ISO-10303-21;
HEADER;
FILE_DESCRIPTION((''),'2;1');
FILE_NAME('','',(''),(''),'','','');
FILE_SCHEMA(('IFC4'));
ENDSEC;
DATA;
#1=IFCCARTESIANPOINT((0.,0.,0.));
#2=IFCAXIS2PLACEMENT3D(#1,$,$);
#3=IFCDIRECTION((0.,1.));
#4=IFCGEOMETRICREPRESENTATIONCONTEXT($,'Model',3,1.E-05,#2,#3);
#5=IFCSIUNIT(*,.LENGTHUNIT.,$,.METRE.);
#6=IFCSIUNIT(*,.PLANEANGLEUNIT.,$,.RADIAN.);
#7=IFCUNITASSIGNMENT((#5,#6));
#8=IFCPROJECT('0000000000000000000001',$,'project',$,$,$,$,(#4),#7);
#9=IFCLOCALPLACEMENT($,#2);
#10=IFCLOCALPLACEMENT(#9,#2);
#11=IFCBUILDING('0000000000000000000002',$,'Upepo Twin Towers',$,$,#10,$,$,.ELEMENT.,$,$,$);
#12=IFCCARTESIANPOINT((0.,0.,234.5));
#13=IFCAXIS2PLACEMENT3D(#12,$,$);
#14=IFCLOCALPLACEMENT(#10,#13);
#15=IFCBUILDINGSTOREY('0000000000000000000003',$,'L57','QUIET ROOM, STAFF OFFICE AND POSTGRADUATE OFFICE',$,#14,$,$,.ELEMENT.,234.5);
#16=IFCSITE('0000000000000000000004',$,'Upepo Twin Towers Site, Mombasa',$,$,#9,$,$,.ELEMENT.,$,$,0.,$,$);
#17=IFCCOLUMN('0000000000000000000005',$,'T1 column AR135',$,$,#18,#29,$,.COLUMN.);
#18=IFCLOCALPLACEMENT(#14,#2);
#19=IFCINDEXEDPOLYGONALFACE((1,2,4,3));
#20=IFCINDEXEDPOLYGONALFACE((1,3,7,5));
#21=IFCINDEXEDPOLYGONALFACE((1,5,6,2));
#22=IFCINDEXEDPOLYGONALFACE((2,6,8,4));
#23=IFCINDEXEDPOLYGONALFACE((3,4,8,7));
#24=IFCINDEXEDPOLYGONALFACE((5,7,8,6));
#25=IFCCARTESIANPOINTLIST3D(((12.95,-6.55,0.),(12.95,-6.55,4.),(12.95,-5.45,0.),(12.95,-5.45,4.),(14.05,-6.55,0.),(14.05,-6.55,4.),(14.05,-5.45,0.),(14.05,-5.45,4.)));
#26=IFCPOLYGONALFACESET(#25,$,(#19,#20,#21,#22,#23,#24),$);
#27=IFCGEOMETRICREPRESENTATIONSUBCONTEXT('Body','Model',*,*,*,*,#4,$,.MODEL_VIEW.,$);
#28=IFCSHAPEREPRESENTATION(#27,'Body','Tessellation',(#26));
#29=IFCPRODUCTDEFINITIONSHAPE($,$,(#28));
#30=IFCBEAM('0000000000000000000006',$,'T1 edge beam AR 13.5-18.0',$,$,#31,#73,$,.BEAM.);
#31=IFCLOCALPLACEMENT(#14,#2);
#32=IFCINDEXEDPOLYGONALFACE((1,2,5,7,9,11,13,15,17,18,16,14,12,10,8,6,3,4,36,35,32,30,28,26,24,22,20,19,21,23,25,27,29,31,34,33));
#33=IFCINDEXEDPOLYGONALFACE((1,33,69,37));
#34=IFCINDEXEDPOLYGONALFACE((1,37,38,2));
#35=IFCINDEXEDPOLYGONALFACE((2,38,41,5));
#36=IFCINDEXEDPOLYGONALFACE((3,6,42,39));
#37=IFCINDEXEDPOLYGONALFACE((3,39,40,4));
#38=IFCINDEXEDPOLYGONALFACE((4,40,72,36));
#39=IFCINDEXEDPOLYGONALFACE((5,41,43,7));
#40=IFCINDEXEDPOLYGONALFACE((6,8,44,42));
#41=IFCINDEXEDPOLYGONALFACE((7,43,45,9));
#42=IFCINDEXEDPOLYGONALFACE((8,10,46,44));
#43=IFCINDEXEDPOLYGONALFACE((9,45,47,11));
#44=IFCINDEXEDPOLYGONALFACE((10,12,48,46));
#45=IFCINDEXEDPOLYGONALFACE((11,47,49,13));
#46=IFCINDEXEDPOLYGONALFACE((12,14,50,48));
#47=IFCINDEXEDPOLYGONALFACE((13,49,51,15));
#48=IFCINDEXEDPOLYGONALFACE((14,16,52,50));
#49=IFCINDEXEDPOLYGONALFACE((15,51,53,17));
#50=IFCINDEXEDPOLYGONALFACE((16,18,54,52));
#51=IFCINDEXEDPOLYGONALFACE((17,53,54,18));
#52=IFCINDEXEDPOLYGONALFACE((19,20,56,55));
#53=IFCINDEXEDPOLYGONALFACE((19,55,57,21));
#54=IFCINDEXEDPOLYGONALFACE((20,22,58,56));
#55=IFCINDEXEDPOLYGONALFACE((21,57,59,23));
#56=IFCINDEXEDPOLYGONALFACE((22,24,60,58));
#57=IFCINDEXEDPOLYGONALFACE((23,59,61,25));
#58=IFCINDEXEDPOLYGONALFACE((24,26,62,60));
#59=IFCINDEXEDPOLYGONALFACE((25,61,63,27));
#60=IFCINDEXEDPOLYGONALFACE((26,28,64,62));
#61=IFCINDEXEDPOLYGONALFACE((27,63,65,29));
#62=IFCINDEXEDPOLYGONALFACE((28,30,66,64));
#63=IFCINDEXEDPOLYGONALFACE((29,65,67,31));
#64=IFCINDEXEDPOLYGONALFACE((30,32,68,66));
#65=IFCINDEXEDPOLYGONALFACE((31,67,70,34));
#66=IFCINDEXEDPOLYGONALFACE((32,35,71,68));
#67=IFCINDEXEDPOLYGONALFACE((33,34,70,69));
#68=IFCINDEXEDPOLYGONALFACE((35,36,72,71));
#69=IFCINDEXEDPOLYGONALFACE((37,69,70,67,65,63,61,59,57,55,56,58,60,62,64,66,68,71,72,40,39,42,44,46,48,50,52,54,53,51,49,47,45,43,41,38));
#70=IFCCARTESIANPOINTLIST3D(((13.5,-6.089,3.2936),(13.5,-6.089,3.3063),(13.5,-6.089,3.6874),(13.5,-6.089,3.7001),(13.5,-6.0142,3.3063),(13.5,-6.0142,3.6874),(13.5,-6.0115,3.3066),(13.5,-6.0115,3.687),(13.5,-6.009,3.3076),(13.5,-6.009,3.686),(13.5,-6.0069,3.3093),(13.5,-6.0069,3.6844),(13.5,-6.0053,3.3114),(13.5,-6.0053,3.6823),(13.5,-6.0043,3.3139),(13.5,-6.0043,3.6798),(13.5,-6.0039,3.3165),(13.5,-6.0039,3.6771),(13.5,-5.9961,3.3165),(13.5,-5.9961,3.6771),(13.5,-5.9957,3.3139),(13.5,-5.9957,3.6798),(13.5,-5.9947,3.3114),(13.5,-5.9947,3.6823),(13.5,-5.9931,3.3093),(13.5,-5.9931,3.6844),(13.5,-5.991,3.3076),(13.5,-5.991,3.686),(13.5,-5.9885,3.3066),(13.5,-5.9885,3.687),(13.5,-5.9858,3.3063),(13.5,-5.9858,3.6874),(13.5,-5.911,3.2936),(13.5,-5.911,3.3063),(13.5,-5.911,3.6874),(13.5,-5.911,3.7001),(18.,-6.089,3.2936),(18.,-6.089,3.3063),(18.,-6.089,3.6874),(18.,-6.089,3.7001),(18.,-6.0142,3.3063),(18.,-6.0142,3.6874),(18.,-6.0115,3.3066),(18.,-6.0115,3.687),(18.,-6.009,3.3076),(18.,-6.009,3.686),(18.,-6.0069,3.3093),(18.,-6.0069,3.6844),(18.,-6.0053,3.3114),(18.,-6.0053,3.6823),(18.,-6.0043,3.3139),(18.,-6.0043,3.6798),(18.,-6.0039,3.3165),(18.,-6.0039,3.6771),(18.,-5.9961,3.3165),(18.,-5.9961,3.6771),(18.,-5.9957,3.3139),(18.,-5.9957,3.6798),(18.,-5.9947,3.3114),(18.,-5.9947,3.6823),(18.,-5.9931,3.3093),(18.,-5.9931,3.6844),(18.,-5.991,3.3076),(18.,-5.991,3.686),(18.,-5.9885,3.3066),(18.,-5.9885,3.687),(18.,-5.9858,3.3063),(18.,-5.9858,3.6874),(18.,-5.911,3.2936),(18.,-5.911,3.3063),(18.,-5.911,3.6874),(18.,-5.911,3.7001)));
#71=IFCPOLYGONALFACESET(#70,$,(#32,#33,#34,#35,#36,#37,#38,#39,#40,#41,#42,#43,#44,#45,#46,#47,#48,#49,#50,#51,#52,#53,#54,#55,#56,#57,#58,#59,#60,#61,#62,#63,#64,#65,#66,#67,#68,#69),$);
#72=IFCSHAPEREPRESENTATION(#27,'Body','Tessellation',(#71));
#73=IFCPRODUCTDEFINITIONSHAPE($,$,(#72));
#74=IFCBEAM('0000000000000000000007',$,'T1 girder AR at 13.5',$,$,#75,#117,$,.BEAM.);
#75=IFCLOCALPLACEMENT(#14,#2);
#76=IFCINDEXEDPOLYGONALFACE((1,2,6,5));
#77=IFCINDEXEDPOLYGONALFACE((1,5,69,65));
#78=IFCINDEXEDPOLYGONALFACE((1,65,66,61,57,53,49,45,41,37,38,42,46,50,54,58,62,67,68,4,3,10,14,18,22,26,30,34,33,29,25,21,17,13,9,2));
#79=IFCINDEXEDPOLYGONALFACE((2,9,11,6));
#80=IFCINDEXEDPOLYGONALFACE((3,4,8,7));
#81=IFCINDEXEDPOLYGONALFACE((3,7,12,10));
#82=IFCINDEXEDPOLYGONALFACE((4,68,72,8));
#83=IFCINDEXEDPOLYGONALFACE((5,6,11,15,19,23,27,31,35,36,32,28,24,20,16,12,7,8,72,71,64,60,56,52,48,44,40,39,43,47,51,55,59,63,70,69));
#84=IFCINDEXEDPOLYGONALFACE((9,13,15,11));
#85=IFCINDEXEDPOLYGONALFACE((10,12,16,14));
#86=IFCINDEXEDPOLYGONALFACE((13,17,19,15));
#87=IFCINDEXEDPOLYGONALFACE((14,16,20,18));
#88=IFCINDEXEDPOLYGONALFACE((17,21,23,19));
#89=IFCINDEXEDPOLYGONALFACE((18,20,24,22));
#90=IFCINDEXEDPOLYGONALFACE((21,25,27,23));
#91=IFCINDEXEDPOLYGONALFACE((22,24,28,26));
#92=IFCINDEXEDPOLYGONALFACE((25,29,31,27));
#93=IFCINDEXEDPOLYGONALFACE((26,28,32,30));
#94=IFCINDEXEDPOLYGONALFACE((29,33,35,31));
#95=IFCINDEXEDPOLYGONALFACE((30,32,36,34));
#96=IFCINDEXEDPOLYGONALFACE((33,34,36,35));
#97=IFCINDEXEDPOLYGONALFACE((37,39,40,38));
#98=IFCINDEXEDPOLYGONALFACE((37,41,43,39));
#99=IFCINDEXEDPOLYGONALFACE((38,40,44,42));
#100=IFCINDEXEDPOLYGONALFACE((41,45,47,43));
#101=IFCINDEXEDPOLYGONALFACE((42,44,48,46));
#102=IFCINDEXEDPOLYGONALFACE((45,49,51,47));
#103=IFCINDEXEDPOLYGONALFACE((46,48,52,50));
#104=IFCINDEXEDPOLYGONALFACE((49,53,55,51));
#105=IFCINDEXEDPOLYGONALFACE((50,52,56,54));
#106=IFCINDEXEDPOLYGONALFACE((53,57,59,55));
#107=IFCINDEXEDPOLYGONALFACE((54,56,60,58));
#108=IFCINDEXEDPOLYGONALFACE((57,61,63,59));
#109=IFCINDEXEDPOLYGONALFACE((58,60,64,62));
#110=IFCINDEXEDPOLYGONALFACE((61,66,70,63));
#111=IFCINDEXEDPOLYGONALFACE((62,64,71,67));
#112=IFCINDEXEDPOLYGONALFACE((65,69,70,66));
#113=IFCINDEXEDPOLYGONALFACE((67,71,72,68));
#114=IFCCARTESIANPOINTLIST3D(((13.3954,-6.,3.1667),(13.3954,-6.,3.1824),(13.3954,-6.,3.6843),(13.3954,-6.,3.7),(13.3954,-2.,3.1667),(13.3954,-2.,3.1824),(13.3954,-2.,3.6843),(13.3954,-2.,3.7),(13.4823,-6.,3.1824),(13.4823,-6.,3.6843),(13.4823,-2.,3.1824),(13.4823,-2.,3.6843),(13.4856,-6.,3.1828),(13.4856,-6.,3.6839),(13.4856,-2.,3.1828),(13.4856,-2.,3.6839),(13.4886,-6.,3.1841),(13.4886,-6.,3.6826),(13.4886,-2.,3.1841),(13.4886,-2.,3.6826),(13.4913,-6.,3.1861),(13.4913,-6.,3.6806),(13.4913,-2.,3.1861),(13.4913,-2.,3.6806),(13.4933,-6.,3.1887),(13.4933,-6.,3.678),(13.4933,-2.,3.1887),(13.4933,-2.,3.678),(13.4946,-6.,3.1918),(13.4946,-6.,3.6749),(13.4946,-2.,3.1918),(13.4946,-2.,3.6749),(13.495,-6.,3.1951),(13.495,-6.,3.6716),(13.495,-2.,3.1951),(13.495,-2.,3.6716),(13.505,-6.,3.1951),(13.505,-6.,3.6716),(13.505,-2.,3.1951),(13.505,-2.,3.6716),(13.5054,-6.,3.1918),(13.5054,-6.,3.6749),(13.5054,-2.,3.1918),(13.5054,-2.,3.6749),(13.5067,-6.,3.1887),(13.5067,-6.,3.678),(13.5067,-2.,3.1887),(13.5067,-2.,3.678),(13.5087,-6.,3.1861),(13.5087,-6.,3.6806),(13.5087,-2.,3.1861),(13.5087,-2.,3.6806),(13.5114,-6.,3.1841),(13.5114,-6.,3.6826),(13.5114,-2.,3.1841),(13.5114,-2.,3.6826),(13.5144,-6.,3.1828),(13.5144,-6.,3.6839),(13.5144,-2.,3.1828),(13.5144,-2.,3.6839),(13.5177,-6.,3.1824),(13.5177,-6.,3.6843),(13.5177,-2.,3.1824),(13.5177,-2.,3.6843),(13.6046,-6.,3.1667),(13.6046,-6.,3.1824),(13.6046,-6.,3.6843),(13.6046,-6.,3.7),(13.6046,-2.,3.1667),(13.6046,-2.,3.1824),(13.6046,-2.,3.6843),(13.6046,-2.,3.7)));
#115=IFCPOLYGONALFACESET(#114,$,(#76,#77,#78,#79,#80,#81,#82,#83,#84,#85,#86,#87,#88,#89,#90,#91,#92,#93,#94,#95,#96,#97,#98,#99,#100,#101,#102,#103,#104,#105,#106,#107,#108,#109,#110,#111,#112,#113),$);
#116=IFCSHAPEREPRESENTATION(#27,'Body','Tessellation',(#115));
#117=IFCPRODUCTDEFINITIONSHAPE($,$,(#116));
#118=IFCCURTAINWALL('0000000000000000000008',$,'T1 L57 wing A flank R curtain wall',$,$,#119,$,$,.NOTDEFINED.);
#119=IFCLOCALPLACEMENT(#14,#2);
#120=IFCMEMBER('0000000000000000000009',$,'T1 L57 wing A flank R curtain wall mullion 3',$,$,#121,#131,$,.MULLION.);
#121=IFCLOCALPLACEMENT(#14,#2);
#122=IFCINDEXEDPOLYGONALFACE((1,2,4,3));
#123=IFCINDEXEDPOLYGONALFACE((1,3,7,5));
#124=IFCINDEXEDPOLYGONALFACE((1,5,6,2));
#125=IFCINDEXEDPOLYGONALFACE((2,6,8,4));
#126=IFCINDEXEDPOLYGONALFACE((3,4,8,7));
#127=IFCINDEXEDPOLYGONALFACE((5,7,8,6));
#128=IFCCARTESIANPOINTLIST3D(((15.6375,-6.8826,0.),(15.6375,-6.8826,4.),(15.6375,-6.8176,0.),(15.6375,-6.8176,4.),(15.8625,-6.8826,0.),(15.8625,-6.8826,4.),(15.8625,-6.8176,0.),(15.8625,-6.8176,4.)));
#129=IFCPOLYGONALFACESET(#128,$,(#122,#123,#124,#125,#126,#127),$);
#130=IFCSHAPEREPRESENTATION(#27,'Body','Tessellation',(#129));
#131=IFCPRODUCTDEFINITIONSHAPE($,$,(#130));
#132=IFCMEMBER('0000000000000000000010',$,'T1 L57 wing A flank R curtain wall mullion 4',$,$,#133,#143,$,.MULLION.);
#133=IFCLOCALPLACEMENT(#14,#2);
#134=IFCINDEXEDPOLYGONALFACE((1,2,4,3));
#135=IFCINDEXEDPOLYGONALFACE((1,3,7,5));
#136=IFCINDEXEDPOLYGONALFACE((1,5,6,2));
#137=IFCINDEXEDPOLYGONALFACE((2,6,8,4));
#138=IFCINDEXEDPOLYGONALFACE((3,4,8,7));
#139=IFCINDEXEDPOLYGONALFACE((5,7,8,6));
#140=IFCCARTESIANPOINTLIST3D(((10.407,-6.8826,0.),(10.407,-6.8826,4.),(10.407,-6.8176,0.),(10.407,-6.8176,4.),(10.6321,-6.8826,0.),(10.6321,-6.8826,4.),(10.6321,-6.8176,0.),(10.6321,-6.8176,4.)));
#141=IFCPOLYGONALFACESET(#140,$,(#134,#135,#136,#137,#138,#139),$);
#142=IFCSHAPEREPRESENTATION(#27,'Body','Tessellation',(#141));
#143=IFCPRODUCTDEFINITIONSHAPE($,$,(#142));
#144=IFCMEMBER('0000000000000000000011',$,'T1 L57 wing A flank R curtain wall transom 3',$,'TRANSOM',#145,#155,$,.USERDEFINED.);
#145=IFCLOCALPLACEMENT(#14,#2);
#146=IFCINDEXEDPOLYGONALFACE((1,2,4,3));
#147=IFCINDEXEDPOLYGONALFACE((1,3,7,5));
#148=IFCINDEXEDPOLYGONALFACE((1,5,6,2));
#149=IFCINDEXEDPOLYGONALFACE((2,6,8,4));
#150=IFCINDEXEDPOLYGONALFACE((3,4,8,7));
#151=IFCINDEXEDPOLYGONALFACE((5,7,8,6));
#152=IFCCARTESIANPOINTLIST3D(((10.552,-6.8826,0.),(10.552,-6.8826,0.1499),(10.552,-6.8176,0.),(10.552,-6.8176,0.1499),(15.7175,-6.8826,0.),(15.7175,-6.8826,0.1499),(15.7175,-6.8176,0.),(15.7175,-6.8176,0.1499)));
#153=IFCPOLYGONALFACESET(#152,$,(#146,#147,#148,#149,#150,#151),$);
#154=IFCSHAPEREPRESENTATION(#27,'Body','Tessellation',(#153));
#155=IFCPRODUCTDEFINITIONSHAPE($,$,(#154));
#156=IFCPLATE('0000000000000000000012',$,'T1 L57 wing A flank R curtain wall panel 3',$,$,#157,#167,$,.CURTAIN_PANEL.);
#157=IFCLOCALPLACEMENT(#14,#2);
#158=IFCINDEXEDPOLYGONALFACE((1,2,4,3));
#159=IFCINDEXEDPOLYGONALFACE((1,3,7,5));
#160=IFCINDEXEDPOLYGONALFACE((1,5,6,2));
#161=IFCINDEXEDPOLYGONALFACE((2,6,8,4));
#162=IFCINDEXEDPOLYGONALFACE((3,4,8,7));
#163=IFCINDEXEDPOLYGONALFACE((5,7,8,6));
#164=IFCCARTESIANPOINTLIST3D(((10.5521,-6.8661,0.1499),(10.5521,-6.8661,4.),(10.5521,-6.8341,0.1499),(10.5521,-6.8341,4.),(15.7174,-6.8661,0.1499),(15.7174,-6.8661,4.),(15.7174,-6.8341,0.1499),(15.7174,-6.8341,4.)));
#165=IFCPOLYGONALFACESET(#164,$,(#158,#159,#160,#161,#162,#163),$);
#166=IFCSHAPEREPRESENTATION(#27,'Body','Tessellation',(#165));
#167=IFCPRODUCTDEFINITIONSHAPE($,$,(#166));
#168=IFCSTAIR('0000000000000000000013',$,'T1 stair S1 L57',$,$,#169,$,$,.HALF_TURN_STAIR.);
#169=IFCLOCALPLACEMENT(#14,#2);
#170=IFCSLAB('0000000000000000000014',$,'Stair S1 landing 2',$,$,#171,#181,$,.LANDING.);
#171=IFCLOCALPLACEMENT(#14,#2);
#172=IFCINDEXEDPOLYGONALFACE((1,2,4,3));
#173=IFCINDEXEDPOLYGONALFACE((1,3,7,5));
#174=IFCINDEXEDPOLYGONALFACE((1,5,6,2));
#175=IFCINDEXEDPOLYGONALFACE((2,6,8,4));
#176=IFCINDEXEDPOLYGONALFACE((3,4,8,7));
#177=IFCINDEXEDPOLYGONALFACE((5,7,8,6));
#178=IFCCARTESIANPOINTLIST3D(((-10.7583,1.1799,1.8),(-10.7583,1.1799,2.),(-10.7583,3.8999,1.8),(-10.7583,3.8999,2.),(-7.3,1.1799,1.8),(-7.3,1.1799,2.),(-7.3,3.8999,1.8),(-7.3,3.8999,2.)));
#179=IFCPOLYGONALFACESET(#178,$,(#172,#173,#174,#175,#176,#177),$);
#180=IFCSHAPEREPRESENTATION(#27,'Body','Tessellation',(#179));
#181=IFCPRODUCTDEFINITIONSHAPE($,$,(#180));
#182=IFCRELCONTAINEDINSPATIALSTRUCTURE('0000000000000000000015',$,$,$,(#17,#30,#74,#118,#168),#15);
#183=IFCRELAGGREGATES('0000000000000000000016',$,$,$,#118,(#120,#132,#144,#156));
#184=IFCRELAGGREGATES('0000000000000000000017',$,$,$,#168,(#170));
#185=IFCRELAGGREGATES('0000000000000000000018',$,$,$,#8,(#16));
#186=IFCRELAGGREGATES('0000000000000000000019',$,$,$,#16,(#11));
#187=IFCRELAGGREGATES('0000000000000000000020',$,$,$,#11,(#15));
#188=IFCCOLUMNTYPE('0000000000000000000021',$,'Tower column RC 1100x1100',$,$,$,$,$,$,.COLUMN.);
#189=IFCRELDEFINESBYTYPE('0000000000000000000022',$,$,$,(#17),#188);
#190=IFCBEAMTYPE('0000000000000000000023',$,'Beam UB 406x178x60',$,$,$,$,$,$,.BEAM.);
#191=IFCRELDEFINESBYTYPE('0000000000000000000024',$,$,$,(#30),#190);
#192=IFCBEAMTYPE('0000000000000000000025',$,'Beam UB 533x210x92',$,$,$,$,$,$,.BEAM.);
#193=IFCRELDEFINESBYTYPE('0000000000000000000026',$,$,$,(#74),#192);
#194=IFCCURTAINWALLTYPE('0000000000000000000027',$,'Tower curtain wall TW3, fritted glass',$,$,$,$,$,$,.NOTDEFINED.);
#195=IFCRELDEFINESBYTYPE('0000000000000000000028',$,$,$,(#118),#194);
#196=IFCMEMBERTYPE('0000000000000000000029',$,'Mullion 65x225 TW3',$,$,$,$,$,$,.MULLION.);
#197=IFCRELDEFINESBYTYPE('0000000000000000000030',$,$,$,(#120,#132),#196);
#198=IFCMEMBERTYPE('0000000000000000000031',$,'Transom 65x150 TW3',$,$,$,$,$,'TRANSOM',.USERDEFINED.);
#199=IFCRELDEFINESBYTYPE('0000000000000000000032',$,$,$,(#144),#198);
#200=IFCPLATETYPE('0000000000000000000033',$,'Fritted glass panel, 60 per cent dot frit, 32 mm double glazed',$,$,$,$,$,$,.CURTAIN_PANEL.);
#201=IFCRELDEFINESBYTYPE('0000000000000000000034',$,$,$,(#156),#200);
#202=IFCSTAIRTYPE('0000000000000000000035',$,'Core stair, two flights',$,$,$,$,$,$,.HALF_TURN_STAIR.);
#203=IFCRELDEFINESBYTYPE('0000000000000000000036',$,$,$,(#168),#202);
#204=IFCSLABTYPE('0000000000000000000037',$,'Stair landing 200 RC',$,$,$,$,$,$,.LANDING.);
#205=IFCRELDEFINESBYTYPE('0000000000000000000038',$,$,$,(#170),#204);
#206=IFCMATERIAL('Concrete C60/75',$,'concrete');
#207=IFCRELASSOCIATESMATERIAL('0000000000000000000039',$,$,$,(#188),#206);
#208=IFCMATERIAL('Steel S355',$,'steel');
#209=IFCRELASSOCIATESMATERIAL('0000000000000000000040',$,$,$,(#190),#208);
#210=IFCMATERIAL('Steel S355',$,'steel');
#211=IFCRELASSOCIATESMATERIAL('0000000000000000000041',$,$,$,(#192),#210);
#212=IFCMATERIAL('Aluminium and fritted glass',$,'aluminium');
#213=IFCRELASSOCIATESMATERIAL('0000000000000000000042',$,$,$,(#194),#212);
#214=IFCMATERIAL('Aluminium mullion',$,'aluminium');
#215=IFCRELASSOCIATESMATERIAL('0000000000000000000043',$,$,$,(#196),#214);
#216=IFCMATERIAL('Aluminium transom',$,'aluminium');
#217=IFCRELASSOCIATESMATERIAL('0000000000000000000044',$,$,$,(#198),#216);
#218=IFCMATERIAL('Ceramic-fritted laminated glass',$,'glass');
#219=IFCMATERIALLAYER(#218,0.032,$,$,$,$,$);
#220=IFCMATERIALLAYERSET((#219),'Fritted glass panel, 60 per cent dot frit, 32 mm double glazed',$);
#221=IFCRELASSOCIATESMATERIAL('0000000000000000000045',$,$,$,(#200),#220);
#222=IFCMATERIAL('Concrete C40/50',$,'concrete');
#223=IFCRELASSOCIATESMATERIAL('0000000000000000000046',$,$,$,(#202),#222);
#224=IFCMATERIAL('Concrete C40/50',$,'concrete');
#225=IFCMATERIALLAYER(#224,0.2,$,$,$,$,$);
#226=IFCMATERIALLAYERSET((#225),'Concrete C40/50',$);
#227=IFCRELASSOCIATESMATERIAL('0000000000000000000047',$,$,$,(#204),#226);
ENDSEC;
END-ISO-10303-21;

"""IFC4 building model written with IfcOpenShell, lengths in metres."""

from ifc_helpers import new_model, si_unit, direction, frame, origin, origin_2d, place, context, subcontext, project, spatial, polyline, rectangle, i_section, outline, extrude, material, layer, layer_set, material_profile, profile_set, type_object, element, aggregate, save


model = new_model("IFC4")

# Units and contexts
model_context = context("Model", 3, precision=1e-05, world=origin(), true_north=direction((0.0, 1.0)))
body_context = subcontext(model_context, "Body", "Model", "MODEL_VIEW")
ifc_project = project(units=[si_unit("LENGTHUNIT", "METRE"), si_unit("PLANEANGLEUNIT", "RADIAN")], contexts=[model_context])

# Site, building, storey
site_placement = place(None, origin())
site = spatial("IfcSite", under=ifc_project, at=site_placement, Name="Upepo Twin Towers Site, Mombasa", CompositionType="ELEMENT", RefElevation=0.0)
building_placement = place(site_placement, origin())
building = spatial("IfcBuilding", under=site, at=building_placement, Name="Upepo Twin Towers", CompositionType="ELEMENT")
storey_placement = place(building_placement, frame((0.0, 0.0, 234.5)))
storey = spatial("IfcBuildingStorey", under=building, at=storey_placement, Name="L57", Description="QUIET ROOM, STAFF OFFICE AND POSTGRADUATE OFFICE", CompositionType="ELEMENT", Elevation=234.5)

# Column
ifc_material_1 = material(Name="Concrete C60/75", Category="concrete")
ifc_material_profile_1 = material_profile(ifc_material_1, rectangle(XDim=1.1001, YDim=1.1001, at=origin_2d()), Name="RC 1100x1100")
ifc_profile_set_1 = profile_set([ifc_material_profile_1], Name="Concrete C60/75")
column_type = type_object("IfcColumnType", Name="Tower column RC 1100x1100", PredefinedType="COLUMN", material=ifc_profile_set_1)
column_placement = place(storey_placement, frame((13.5, -6.0, 0.0), z_axis=(0.0, 0.0, 1.0), x_axis=(1.0, 0.0, 0.0)))
element("IfcColumn", 1, at=column_placement, inside=storey, type_object=column_type, Name="T1 column AR135", PredefinedType="COLUMN", context=body_context, shape_type="SweptSolid", body=[
    extrude(rectangle(XDim=1.1001, YDim=1.1001, at=origin_2d()), origin(), (0.0, 0.0, 1.0), 4.0),
])

# Beams
ifc_material_2 = material(Name="Steel S355", Category="steel")
ifc_material_profile_2 = material_profile(ifc_material_2, i_section(OverallWidth=0.178, OverallDepth=0.4065, WebThickness=0.0078, FlangeThickness=0.0127, FilletRadius=0.0103, at=origin_2d()), Name="UB 406x178x60")
ifc_profile_set_2 = profile_set([ifc_material_profile_2], Name="Steel S355")
beam_type_1 = type_object("IfcBeamType", Name="Beam UB 406x178x60", PredefinedType="BEAM", material=ifc_profile_set_2)
beam_1_placement = place(storey_placement, frame((13.5, -6.0, 3.4968), z_axis=(1.0, 0.0, 0.0), x_axis=(0.0, 1.0, 0.0)))
element("IfcBeam", 2, at=beam_1_placement, inside=storey, type_object=beam_type_1, Name="T1 edge beam AR 13.5-18.0", PredefinedType="BEAM", context=body_context, shape_type="SweptSolid", body=[
    extrude(i_section(OverallWidth=0.178, OverallDepth=0.4065, WebThickness=0.0078, FlangeThickness=0.0127, FilletRadius=0.0103, at=origin_2d()), origin(), (0.0, 0.0, 1.0), 4.5),
])
ifc_material_3 = material(Name="Steel S355", Category="steel")
ifc_material_profile_3 = material_profile(ifc_material_3, i_section(OverallWidth=0.2092, OverallDepth=0.5332, WebThickness=0.01, FlangeThickness=0.0156, FilletRadius=0.0127, at=origin_2d()), Name="UB 533x210x92")
ifc_profile_set_3 = profile_set([ifc_material_profile_3], Name="Steel S355")
beam_type_2 = type_object("IfcBeamType", Name="Beam UB 533x210x92", PredefinedType="BEAM", material=ifc_profile_set_3)
beam_2_placement = place(storey_placement, frame((13.5, -6.0, 3.4333), z_axis=(0.0, 1.0, 0.0), x_axis=(-1.0, 0.0, 0.0)))
element("IfcBeam", 3, at=beam_2_placement, inside=storey, type_object=beam_type_2, Name="T1 girder AR at 13.5", PredefinedType="BEAM", context=body_context, shape_type="SweptSolid", body=[
    extrude(i_section(OverallWidth=0.2092, OverallDepth=0.5332, WebThickness=0.01, FlangeThickness=0.0156, FilletRadius=0.0127, at=origin_2d()), origin(), (0.0, 0.0, 1.0), 4.0),
])

# Curtain wall, members, plate
ifc_material_4 = material(Name="Aluminium and fritted glass", Category="aluminium")
curtain_wall_type = type_object("IfcCurtainWallType", Name="Tower curtain wall TW3, fritted glass", PredefinedType="NOTDEFINED", material=ifc_material_4)
curtain_wall_placement = place(storey_placement, origin())
curtain_wall = element("IfcCurtainWall", 4, at=curtain_wall_placement, inside=storey, type_object=curtain_wall_type, Name="T1 L57 wing A flank R curtain wall", PredefinedType="NOTDEFINED")
ifc_material_5 = material(Name="Aluminium mullion", Category="aluminium")
ifc_material_profile_4 = material_profile(ifc_material_5, rectangle(XDim=0.0649, YDim=0.2251, at=origin_2d()), Name="MULLION 65x225")
ifc_profile_set_4 = profile_set([ifc_material_profile_4], Name="Aluminium mullion")
member_type_1 = type_object("IfcMemberType", Name="Mullion 65x225 TW3", PredefinedType="MULLION", material=ifc_profile_set_4)
member_1_placement = place(storey_placement, frame((15.75, -6.8501, 0.0), z_axis=(0.0, 0.0, 1.0), x_axis=(0.0, -1.0, 0.0)))
member_1 = element("IfcMember", 5, at=member_1_placement, type_object=member_type_1, Name="T1 L57 wing A flank R curtain wall mullion 3", PredefinedType="MULLION", context=body_context, shape_type="SweptSolid", body=[
    extrude(rectangle(XDim=0.0649, YDim=0.2251, at=origin_2d()), origin(), (0.0, 0.0, 1.0), 4.0),
])
member_2_placement = place(storey_placement, frame((10.5195, -6.8501, 0.0), z_axis=(0.0, 0.0, 1.0), x_axis=(0.0, -1.0, 0.0)))
member_2 = element("IfcMember", 6, at=member_2_placement, type_object=member_type_1, Name="T1 L57 wing A flank R curtain wall mullion 4", PredefinedType="MULLION", context=body_context, shape_type="SweptSolid", body=[
    extrude(rectangle(XDim=0.0649, YDim=0.2251, at=origin_2d()), origin(), (0.0, 0.0, 1.0), 4.0),
])
ifc_material_6 = material(Name="Aluminium transom", Category="aluminium")
ifc_material_profile_5 = material_profile(ifc_material_6, rectangle(XDim=0.0649, YDim=0.1499, at=origin_2d()), Name="TRANSOM 65x150")
ifc_profile_set_5 = profile_set([ifc_material_profile_5], Name="Aluminium transom")
member_type_2 = type_object("IfcMemberType", Name="Transom 65x150 TW3", ElementType="TRANSOM", PredefinedType="USERDEFINED", material=ifc_profile_set_5)
member_3_placement = place(storey_placement, frame((15.7175, -6.8501, 0.075), z_axis=(-1.0, 0.0, 0.0), x_axis=(0.0, -1.0, 0.0)))
member_3 = element("IfcMember", 7, at=member_3_placement, type_object=member_type_2, Name="T1 L57 wing A flank R curtain wall transom 3", ObjectType="TRANSOM", PredefinedType="USERDEFINED", context=body_context, shape_type="SweptSolid", body=[
    extrude(rectangle(XDim=0.0649, YDim=0.1499, at=origin_2d()), origin(), (0.0, 0.0, 1.0), 5.1655),
])
ifc_material_7 = material(Name="Ceramic-fritted laminated glass", Category="glass")
ifc_layer_1 = layer(ifc_material_7, 0.032)
ifc_layer_set_1 = layer_set([ifc_layer_1], Name="Fritted glass panel, 60 per cent dot frit, 32 mm double glazed")
plate_type = type_object("IfcPlateType", Name="Fritted glass panel, 60 per cent dot frit, 32 mm double glazed", PredefinedType="CURTAIN_PANEL", material=ifc_layer_set_1)
plate_placement = place(storey_placement, frame((13.1348, -6.8501, 0.1499), z_axis=(0.0, 0.0, 1.0), x_axis=(-1.0, 0.0, 0.0)))
plate = element("IfcPlate", 8, at=plate_placement, type_object=plate_type, Name="T1 L57 wing A flank R curtain wall panel 3", PredefinedType="CURTAIN_PANEL", context=body_context, shape_type="SweptSolid", body=[
    extrude(rectangle(XDim=5.1653, YDim=0.032, at=origin_2d()), origin(), (0.0, 0.0, 1.0), 3.8501),
])
aggregate(curtain_wall, [member_1, member_2, member_3, plate])

# Stair, slab
ifc_material_8 = material(Name="Concrete C40/50", Category="concrete")
stair_type = type_object("IfcStairType", Name="Core stair, two flights", PredefinedType="HALF_TURN_STAIR", material=ifc_material_8)
stair_1_placement = place(storey_placement, origin())
stair_1 = element("IfcStair", 9, at=stair_1_placement, inside=storey, type_object=stair_type, Name="T1 stair S1 L57", PredefinedType="HALF_TURN_STAIR")
ifc_material_9 = material(Name="Concrete C40/50", Category="concrete")
ifc_layer_2 = layer(ifc_material_9, 0.2)
ifc_layer_set_2 = layer_set([ifc_layer_2], Name="Concrete C40/50")
slab_type = type_object("IfcSlabType", Name="Stair landing 200 RC", PredefinedType="LANDING", material=ifc_layer_set_2)
slab_1_placement = place(storey_placement, frame((0.0, 0.0, 1.8)))
slab_1 = element("IfcSlab", 10, at=slab_1_placement, type_object=slab_type, Name="Stair S1 landing 2", PredefinedType="LANDING", context=body_context, shape_type="SweptSolid", body=[
    extrude(outline(polyline([(-7.3, 3.8999), (-10.7583, 3.8999), (-10.7583, 1.1799), (-7.3, 1.1799), (-7.3, 3.8999)])), origin(), (0.0, 0.0, 1.0), 0.2),
])
aggregate(stair_1, [slab_1])

save(model, "model.ifc")
